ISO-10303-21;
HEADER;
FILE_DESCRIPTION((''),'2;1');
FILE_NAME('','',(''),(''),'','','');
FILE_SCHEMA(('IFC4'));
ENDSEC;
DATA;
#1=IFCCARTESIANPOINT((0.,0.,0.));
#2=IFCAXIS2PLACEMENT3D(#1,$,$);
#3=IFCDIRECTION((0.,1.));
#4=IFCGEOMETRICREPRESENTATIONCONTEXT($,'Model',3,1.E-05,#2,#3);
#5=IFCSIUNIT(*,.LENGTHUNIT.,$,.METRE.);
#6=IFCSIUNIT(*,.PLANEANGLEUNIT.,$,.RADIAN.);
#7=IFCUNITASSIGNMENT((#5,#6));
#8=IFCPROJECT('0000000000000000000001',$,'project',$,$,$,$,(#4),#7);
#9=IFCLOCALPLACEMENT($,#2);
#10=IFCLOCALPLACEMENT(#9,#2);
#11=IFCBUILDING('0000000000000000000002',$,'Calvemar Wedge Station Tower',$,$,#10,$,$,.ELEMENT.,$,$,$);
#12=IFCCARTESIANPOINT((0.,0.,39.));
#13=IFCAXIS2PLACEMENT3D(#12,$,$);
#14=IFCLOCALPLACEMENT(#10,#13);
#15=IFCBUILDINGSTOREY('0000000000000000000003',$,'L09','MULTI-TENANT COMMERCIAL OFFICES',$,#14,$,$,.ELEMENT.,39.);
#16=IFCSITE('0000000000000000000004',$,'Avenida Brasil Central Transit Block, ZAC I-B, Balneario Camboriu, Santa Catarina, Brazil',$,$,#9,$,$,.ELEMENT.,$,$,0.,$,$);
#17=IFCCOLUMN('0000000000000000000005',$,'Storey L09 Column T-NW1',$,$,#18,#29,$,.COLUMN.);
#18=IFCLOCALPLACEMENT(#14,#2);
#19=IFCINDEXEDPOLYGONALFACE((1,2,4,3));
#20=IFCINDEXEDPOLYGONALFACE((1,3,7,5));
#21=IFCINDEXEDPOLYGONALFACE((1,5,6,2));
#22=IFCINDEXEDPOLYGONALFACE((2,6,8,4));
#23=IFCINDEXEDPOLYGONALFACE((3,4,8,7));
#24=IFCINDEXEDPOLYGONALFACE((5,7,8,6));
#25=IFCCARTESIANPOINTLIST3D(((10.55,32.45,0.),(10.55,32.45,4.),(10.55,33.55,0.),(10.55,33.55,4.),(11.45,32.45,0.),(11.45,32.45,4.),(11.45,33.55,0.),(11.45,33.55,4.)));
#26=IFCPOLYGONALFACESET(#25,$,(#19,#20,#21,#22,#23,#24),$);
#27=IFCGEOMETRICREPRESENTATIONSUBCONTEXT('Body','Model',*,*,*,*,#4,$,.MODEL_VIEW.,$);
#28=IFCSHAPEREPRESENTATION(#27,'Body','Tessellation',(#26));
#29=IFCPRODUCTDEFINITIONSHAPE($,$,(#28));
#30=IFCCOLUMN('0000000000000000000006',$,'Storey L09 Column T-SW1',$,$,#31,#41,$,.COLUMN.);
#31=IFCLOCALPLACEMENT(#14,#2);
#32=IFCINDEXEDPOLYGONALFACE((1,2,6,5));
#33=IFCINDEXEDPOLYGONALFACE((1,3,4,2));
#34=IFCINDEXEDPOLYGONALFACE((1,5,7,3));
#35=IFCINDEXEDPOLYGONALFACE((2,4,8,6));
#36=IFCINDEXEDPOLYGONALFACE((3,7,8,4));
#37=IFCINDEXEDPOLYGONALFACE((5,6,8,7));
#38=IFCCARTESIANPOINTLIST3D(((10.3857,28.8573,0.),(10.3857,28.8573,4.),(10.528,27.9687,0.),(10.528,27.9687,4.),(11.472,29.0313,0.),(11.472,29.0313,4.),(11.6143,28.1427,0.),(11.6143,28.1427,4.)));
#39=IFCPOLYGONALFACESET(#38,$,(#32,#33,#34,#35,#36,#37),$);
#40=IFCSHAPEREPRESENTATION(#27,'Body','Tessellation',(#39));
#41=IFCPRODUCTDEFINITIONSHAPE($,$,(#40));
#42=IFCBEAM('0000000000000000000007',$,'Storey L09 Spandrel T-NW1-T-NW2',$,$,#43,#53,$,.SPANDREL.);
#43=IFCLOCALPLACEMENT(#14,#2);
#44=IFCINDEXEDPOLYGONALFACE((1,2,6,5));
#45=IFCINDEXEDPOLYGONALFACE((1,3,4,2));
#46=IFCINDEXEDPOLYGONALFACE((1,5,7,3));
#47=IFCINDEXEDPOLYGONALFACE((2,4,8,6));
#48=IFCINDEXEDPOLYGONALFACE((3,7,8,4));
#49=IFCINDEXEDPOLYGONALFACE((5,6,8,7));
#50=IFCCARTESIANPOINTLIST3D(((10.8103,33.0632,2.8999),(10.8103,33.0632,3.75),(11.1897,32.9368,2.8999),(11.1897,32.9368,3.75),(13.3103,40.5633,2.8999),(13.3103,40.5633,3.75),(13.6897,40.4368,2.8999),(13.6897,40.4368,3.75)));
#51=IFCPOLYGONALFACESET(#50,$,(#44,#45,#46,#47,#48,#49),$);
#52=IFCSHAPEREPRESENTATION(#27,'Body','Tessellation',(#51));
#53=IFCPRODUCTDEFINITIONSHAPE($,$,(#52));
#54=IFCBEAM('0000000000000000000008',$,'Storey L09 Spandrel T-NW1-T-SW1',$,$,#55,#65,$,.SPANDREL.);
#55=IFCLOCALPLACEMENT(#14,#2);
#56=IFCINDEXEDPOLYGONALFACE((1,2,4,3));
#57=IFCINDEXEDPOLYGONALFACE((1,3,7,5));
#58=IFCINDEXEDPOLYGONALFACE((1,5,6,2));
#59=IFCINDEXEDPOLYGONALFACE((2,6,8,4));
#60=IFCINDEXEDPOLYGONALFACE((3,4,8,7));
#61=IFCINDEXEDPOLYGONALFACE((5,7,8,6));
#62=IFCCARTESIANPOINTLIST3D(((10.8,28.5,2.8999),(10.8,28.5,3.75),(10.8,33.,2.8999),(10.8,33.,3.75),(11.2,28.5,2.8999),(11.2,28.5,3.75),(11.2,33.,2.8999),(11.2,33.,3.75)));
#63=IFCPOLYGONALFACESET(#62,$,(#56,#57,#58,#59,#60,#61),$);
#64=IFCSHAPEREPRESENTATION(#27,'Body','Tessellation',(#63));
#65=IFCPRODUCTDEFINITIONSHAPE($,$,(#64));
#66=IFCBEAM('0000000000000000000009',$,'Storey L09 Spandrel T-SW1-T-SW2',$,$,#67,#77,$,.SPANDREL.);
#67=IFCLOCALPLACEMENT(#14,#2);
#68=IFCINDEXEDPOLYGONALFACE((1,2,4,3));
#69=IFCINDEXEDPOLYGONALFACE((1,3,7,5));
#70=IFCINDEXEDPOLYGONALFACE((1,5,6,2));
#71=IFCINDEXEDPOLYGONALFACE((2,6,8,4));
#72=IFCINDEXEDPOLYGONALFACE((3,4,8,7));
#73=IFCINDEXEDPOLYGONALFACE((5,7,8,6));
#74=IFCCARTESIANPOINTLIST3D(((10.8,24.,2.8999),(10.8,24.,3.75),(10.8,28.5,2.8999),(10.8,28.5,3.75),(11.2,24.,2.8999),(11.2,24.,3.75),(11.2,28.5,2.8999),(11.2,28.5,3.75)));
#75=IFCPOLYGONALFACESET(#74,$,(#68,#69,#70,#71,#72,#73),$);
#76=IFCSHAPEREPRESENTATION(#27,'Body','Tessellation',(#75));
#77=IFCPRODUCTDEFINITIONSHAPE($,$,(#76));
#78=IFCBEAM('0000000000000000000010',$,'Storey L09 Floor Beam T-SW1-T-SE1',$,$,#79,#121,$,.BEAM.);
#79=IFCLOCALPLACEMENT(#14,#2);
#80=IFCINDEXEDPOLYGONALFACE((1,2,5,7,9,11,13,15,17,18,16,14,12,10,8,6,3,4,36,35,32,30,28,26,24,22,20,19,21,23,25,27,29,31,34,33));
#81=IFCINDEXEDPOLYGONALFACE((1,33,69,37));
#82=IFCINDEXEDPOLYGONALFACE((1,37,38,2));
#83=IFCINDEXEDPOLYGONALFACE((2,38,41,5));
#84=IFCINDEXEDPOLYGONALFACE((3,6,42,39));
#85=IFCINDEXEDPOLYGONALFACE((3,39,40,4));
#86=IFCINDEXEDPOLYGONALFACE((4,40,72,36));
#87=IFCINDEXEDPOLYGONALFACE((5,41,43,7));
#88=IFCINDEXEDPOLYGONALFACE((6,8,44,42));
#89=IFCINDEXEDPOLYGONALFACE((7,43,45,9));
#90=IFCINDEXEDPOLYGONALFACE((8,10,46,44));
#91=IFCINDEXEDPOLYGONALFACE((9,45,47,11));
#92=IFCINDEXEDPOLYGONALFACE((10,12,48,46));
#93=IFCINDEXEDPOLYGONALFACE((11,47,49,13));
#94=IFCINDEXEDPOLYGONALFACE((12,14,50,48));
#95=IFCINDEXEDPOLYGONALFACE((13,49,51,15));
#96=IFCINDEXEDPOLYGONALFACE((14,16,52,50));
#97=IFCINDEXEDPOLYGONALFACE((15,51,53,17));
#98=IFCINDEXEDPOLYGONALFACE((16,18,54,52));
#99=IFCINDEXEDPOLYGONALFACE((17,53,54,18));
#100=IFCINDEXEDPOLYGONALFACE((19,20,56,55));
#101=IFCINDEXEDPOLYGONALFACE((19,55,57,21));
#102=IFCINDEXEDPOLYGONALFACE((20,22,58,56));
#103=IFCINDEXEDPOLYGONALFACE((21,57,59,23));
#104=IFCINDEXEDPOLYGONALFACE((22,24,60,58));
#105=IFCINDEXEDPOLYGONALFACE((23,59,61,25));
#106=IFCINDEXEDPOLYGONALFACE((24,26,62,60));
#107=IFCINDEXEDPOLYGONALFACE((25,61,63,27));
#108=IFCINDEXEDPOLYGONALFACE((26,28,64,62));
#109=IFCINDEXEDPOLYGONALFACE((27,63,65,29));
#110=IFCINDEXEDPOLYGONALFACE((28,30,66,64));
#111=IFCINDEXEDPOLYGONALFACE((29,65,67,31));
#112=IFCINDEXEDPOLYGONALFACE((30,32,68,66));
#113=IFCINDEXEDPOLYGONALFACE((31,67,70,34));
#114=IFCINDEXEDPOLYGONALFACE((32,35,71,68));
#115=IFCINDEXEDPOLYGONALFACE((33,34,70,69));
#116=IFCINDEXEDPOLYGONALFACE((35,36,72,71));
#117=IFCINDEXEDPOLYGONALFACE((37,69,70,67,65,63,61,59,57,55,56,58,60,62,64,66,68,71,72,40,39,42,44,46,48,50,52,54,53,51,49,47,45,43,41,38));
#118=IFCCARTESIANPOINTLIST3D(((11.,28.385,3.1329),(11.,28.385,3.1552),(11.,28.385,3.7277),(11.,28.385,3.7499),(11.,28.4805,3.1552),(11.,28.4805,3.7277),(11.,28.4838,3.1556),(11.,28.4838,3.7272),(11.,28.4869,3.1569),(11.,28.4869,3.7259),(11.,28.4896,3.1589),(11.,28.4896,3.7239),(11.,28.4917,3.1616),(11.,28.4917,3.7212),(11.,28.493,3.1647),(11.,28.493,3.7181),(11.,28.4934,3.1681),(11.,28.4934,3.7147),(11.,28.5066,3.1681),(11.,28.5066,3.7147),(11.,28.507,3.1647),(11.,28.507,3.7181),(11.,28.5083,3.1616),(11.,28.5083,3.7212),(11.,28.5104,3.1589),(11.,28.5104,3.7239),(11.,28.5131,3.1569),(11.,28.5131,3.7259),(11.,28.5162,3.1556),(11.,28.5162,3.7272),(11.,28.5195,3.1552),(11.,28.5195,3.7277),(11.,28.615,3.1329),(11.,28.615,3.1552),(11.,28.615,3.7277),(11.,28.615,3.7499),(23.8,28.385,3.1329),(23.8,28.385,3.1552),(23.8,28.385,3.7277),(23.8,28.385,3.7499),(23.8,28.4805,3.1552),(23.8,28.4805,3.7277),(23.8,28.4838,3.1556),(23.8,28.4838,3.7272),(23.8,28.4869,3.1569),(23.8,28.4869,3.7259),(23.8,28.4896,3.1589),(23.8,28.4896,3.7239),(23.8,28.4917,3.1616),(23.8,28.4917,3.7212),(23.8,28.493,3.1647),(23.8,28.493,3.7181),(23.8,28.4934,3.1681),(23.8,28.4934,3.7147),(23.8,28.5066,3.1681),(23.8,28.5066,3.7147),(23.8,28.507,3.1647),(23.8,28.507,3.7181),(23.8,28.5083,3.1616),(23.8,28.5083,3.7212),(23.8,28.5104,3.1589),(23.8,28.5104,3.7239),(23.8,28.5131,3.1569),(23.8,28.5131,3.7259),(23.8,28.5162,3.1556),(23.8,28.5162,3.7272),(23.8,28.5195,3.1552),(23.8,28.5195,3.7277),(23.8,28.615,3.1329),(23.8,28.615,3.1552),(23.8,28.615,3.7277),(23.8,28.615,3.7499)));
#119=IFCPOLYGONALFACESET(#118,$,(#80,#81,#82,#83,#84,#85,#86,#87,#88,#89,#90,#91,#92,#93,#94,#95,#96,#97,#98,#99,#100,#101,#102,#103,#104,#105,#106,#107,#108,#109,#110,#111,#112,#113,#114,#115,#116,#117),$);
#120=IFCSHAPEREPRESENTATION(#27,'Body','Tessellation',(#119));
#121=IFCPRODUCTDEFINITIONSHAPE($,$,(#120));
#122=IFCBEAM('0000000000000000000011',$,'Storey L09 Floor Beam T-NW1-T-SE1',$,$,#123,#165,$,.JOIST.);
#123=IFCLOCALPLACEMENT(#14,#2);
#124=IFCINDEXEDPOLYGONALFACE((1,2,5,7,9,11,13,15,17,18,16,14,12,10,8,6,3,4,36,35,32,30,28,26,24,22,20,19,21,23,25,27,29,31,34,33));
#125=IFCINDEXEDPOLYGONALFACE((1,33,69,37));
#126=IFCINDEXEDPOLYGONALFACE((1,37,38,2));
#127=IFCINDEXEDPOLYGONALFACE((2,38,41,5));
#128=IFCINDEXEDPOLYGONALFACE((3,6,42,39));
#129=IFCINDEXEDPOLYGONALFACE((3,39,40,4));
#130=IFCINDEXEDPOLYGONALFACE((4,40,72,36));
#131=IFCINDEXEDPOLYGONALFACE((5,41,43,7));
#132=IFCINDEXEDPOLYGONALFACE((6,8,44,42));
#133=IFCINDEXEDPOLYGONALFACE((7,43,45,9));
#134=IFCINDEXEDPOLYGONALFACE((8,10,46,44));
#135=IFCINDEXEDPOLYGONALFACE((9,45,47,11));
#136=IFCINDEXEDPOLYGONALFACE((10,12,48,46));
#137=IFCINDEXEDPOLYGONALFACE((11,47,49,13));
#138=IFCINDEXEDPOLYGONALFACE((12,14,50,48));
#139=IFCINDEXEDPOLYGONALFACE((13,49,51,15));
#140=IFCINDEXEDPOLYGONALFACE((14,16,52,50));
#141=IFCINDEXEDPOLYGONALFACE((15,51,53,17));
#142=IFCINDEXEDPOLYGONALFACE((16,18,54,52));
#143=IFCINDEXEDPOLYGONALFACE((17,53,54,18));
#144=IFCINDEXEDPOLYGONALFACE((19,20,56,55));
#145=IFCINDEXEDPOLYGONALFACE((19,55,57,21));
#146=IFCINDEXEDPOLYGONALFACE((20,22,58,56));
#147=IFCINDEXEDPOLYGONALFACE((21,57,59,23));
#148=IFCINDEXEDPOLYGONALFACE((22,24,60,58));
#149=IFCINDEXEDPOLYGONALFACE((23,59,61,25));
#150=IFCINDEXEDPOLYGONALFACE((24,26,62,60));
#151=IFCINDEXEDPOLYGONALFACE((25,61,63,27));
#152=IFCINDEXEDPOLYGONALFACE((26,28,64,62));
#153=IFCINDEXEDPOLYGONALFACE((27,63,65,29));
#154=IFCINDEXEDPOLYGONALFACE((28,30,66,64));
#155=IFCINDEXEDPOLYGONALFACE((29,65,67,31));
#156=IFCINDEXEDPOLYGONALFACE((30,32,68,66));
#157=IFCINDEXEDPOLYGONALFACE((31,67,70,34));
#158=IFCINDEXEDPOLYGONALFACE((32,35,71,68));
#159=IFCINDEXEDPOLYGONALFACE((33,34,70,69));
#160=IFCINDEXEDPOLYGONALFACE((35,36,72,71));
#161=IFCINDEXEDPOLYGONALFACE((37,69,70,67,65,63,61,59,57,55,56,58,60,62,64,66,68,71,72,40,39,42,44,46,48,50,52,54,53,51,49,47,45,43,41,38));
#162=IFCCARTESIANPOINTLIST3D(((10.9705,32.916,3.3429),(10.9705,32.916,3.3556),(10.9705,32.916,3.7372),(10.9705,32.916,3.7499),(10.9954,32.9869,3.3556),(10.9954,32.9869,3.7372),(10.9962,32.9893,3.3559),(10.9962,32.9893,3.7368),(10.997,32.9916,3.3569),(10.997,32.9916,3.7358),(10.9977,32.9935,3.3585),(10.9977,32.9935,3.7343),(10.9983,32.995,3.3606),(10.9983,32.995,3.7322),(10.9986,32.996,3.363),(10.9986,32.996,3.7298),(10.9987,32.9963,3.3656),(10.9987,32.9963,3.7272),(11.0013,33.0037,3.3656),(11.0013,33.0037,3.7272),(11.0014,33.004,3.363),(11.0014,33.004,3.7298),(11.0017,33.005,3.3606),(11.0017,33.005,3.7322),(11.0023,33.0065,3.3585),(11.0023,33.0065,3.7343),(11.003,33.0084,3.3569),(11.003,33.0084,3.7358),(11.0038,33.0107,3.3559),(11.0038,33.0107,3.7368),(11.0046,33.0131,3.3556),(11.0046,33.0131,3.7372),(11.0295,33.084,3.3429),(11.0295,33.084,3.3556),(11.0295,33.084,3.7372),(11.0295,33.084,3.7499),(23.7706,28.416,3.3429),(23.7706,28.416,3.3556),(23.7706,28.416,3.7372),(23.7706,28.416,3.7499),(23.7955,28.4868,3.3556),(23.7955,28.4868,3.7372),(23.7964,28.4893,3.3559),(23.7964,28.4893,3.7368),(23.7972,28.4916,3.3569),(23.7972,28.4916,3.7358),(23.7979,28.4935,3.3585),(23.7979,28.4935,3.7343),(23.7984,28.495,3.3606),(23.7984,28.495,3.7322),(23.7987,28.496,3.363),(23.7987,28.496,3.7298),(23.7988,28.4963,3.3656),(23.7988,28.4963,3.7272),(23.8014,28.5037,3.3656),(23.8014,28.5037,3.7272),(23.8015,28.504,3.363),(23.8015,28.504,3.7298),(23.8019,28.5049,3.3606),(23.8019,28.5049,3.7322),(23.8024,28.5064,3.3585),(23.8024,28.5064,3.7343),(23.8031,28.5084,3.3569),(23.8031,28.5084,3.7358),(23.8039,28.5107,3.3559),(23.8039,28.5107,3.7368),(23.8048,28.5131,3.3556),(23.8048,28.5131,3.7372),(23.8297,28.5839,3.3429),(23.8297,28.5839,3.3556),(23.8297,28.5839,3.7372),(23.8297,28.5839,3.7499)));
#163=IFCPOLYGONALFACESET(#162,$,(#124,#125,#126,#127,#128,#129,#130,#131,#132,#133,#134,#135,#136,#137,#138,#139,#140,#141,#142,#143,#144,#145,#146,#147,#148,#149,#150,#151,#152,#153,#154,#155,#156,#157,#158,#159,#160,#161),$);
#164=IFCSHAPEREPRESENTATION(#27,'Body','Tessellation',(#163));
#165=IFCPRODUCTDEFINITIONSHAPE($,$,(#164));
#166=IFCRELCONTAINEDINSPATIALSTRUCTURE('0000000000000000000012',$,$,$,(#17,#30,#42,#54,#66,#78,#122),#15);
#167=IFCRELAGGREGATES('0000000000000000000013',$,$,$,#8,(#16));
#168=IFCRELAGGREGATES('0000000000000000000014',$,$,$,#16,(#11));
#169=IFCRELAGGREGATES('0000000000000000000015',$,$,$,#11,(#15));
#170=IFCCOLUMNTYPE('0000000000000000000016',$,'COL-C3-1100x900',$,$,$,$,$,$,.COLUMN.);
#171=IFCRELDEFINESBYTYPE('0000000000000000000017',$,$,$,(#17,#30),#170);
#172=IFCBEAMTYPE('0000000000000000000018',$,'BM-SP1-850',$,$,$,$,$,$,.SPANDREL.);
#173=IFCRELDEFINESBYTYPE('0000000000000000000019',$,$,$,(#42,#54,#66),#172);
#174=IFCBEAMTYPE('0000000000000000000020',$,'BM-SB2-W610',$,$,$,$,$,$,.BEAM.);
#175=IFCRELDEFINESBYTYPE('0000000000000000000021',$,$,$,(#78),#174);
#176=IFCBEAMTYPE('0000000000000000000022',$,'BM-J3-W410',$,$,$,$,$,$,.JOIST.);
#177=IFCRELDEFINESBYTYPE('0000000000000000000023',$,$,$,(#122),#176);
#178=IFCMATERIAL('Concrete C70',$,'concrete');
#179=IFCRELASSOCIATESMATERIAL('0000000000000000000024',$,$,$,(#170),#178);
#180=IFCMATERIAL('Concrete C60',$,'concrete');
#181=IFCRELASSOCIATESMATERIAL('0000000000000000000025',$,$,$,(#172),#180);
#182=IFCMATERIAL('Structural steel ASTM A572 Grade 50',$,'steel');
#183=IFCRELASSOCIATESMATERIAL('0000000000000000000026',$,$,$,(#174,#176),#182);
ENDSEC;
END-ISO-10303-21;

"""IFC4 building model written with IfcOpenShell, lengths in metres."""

from ifc_helpers import new_model, si_unit, direction, frame, origin, origin_2d, place, context, subcontext, project, spatial, rectangle, i_section, extrude, source, transform, mapped, material, material_profile, profile_set, type_object, element, save


model = new_model("IFC4")

# Units and contexts
model_context = context("Model", 3, precision=1e-05, world=origin(), true_north=direction((0.0, 1.0)))
body_context = subcontext(model_context, "Body", "Model", "MODEL_VIEW")
ifc_project = project(units=[si_unit("LENGTHUNIT", "METRE"), si_unit("PLANEANGLEUNIT", "RADIAN")], contexts=[model_context])

# Site, building, storey
site_placement = place(None, origin())
site = spatial("IfcSite", under=ifc_project, at=site_placement, Name="Avenida Brasil Central Transit Block, ZAC I-B, Balneario Camboriu, Santa Catarina, Brazil", CompositionType="ELEMENT", RefElevation=0.0)
building_placement = place(site_placement, origin())
building = spatial("IfcBuilding", under=site, at=building_placement, Name="Calvemar Wedge Station Tower", CompositionType="ELEMENT")
storey_placement = place(building_placement, frame((0.0, 0.0, 39.0)))
storey = spatial("IfcBuildingStorey", under=building, at=storey_placement, Name="L09", Description="MULTI-TENANT COMMERCIAL OFFICES", CompositionType="ELEMENT", Elevation=39.0)

# Columns
ifc_material_1 = material(Name="Concrete C70", Category="concrete")
ifc_material_profile_1 = material_profile(ifc_material_1, rectangle(XDim=0.8999, YDim=1.1001, at=origin_2d()), Name="RC1100x900")
ifc_profile_set_1 = profile_set([ifc_material_profile_1], Name="Concrete C70")
column_type = type_object("IfcColumnType", Name="COL-C3-1100x900", PredefinedType="COLUMN", material=ifc_profile_set_1)
shared_shape_1 = source(origin(), body_context, "Body", "SweptSolid", [
    extrude(rectangle(XDim=0.8999, YDim=1.1001, at=origin_2d()), origin(), (0.0, 0.0, 1.0), 4.0),
])
for number, where, z_axis, x_axis, name in (
    (1, (11.0, 33.0, 0.0), (0.0, 0.0, 1.0), (1.0, 0.0, 0.0), "Storey L09 Column T-NW1"),
    (2, (11.0, 28.5, 0.0), (0.0, 0.0, 1.0), (0.158158, -0.987414, 0.0), "Storey L09 Column T-SW1"),
):
    element("IfcColumn", number, at=place(storey_placement, frame(where, z_axis=z_axis, x_axis=x_axis)), inside=storey, type_object=column_type, Name=name, PredefinedType="COLUMN", context=body_context, shape_type="MappedRepresentation", body=[
        mapped(shared_shape_1, transform((0.0, 0.0, 0.0), scale=1.0)),
    ])

# Beams
ifc_material_2 = material(Name="Concrete C60", Category="concrete")
ifc_material_profile_2 = material_profile(ifc_material_2, rectangle(XDim=0.3999, YDim=0.8501, at=origin_2d()), Name="RC400x850")
ifc_profile_set_2 = profile_set([ifc_material_profile_2], Name="Concrete C60")
beam_type_1 = type_object("IfcBeamType", Name="BM-SP1-850", PredefinedType="SPANDREL", material=ifc_profile_set_2)
shared_shape_2 = source(origin(), body_context, "Body", "SweptSolid", [
    extrude(rectangle(XDim=0.3999, YDim=0.8501, at=origin_2d()), origin(), (0.0, 0.0, 1.0), 7.9058),
])
beam_1_placement = place(storey_placement, frame((11.0, 33.0, 3.325), z_axis=(0.316228, 0.948683, 0.0), x_axis=(-0.948683, 0.316228, 0.0)))
element("IfcBeam", 3, at=beam_1_placement, inside=storey, type_object=beam_type_1, Name="Storey L09 Spandrel T-NW1-T-NW2", PredefinedType="SPANDREL", context=body_context, shape_type="MappedRepresentation", body=[
    mapped(shared_shape_2, transform((0.0, 0.0, 0.0), scale=1.0)),
])
shared_shape_3 = source(origin(), body_context, "Body", "SweptSolid", [
    extrude(rectangle(XDim=0.3999, YDim=0.8501, at=origin_2d()), origin(), (0.0, 0.0, 1.0), 4.5),
])
for number, where, z_axis, x_axis, name in (
    (4, (11.0, 33.0, 3.325), (0.0, -1.0, 0.0), (1.0, 0.0, 0.0), "Storey L09 Spandrel T-NW1-T-SW1"),
    (5, (11.0, 28.5, 3.325), (0.0, -1.0, 0.0), (1.0, 0.0, 0.0), "Storey L09 Spandrel T-SW1-T-SW2"),
):
    element("IfcBeam", number, at=place(storey_placement, frame(where, z_axis=z_axis, x_axis=x_axis)), inside=storey, type_object=beam_type_1, Name=name, PredefinedType="SPANDREL", context=body_context, shape_type="MappedRepresentation", body=[
        mapped(shared_shape_3, transform((0.0, 0.0, 0.0), scale=1.0)),
    ])
ifc_material_3 = material(Name="Structural steel ASTM A572 Grade 50", Category="steel")
ifc_material_profile_3 = material_profile(ifc_material_3, i_section(OverallWidth=0.23, OverallDepth=0.6169, WebThickness=0.0132, FlangeThickness=0.0222, FilletRadius=0.0129, at=origin_2d()), Name="W610x140")
ifc_profile_set_3 = profile_set([ifc_material_profile_3], Name="Structural steel ASTM A572 Grade 50")
beam_type_2 = type_object("IfcBeamType", Name="BM-SB2-W610", PredefinedType="BEAM", material=ifc_profile_set_3)
shared_shape_4 = source(origin(), body_context, "Body", "SweptSolid", [
    extrude(i_section(OverallWidth=0.23, OverallDepth=0.6169, WebThickness=0.0132, FlangeThickness=0.0222, FilletRadius=0.0129, at=origin_2d()), origin(), (0.0, 0.0, 1.0), 12.8),
])
beam_2_placement = place(storey_placement, frame((11.0, 28.5, 3.4414), z_axis=(1.0, 0.0, 0.0), x_axis=(0.0, 1.0, 0.0)))
element("IfcBeam", 6, at=beam_2_placement, inside=storey, type_object=beam_type_2, Name="Storey L09 Floor Beam T-SW1-T-SE1", PredefinedType="BEAM", context=body_context, shape_type="MappedRepresentation", body=[
    mapped(shared_shape_4, transform((0.0, 0.0, 0.0), scale=1.0)),
])
ifc_material_profile_4 = material_profile(ifc_material_3, i_section(OverallWidth=0.178, OverallDepth=0.407, WebThickness=0.0078, FlangeThickness=0.0127, FilletRadius=0.01, at=origin_2d()), Name="W410x60")
ifc_profile_set_4 = profile_set([ifc_material_profile_4], Name="Structural steel ASTM A572 Grade 50")
beam_type_3 = type_object("IfcBeamType", Name="BM-J3-W410", PredefinedType="JOIST", material=ifc_profile_set_4)
shared_shape_5 = source(origin(), body_context, "Body", "SweptSolid", [
    extrude(i_section(OverallWidth=0.178, OverallDepth=0.407, WebThickness=0.0078, FlangeThickness=0.0127, FilletRadius=0.01, at=origin_2d()), origin(), (0.0, 0.0, 1.0), 13.5681),
])
for number, where, z_axis, x_axis, name in (
    (7, (11.0, 33.0, 3.5464), (0.943398, -0.331662, 0.0), (0.331662, 0.943398, 0.0), "Storey L09 Floor Beam T-NW1-T-SE1"),
):
    element("IfcBeam", number, at=place(storey_placement, frame(where, z_axis=z_axis, x_axis=x_axis)), inside=storey, type_object=beam_type_3, Name=name, PredefinedType="JOIST", context=body_context, shape_type="MappedRepresentation", body=[
        mapped(shared_shape_5, transform((0.0, 0.0, 0.0), scale=1.0)),
    ])

save(model, "model.ifc")
